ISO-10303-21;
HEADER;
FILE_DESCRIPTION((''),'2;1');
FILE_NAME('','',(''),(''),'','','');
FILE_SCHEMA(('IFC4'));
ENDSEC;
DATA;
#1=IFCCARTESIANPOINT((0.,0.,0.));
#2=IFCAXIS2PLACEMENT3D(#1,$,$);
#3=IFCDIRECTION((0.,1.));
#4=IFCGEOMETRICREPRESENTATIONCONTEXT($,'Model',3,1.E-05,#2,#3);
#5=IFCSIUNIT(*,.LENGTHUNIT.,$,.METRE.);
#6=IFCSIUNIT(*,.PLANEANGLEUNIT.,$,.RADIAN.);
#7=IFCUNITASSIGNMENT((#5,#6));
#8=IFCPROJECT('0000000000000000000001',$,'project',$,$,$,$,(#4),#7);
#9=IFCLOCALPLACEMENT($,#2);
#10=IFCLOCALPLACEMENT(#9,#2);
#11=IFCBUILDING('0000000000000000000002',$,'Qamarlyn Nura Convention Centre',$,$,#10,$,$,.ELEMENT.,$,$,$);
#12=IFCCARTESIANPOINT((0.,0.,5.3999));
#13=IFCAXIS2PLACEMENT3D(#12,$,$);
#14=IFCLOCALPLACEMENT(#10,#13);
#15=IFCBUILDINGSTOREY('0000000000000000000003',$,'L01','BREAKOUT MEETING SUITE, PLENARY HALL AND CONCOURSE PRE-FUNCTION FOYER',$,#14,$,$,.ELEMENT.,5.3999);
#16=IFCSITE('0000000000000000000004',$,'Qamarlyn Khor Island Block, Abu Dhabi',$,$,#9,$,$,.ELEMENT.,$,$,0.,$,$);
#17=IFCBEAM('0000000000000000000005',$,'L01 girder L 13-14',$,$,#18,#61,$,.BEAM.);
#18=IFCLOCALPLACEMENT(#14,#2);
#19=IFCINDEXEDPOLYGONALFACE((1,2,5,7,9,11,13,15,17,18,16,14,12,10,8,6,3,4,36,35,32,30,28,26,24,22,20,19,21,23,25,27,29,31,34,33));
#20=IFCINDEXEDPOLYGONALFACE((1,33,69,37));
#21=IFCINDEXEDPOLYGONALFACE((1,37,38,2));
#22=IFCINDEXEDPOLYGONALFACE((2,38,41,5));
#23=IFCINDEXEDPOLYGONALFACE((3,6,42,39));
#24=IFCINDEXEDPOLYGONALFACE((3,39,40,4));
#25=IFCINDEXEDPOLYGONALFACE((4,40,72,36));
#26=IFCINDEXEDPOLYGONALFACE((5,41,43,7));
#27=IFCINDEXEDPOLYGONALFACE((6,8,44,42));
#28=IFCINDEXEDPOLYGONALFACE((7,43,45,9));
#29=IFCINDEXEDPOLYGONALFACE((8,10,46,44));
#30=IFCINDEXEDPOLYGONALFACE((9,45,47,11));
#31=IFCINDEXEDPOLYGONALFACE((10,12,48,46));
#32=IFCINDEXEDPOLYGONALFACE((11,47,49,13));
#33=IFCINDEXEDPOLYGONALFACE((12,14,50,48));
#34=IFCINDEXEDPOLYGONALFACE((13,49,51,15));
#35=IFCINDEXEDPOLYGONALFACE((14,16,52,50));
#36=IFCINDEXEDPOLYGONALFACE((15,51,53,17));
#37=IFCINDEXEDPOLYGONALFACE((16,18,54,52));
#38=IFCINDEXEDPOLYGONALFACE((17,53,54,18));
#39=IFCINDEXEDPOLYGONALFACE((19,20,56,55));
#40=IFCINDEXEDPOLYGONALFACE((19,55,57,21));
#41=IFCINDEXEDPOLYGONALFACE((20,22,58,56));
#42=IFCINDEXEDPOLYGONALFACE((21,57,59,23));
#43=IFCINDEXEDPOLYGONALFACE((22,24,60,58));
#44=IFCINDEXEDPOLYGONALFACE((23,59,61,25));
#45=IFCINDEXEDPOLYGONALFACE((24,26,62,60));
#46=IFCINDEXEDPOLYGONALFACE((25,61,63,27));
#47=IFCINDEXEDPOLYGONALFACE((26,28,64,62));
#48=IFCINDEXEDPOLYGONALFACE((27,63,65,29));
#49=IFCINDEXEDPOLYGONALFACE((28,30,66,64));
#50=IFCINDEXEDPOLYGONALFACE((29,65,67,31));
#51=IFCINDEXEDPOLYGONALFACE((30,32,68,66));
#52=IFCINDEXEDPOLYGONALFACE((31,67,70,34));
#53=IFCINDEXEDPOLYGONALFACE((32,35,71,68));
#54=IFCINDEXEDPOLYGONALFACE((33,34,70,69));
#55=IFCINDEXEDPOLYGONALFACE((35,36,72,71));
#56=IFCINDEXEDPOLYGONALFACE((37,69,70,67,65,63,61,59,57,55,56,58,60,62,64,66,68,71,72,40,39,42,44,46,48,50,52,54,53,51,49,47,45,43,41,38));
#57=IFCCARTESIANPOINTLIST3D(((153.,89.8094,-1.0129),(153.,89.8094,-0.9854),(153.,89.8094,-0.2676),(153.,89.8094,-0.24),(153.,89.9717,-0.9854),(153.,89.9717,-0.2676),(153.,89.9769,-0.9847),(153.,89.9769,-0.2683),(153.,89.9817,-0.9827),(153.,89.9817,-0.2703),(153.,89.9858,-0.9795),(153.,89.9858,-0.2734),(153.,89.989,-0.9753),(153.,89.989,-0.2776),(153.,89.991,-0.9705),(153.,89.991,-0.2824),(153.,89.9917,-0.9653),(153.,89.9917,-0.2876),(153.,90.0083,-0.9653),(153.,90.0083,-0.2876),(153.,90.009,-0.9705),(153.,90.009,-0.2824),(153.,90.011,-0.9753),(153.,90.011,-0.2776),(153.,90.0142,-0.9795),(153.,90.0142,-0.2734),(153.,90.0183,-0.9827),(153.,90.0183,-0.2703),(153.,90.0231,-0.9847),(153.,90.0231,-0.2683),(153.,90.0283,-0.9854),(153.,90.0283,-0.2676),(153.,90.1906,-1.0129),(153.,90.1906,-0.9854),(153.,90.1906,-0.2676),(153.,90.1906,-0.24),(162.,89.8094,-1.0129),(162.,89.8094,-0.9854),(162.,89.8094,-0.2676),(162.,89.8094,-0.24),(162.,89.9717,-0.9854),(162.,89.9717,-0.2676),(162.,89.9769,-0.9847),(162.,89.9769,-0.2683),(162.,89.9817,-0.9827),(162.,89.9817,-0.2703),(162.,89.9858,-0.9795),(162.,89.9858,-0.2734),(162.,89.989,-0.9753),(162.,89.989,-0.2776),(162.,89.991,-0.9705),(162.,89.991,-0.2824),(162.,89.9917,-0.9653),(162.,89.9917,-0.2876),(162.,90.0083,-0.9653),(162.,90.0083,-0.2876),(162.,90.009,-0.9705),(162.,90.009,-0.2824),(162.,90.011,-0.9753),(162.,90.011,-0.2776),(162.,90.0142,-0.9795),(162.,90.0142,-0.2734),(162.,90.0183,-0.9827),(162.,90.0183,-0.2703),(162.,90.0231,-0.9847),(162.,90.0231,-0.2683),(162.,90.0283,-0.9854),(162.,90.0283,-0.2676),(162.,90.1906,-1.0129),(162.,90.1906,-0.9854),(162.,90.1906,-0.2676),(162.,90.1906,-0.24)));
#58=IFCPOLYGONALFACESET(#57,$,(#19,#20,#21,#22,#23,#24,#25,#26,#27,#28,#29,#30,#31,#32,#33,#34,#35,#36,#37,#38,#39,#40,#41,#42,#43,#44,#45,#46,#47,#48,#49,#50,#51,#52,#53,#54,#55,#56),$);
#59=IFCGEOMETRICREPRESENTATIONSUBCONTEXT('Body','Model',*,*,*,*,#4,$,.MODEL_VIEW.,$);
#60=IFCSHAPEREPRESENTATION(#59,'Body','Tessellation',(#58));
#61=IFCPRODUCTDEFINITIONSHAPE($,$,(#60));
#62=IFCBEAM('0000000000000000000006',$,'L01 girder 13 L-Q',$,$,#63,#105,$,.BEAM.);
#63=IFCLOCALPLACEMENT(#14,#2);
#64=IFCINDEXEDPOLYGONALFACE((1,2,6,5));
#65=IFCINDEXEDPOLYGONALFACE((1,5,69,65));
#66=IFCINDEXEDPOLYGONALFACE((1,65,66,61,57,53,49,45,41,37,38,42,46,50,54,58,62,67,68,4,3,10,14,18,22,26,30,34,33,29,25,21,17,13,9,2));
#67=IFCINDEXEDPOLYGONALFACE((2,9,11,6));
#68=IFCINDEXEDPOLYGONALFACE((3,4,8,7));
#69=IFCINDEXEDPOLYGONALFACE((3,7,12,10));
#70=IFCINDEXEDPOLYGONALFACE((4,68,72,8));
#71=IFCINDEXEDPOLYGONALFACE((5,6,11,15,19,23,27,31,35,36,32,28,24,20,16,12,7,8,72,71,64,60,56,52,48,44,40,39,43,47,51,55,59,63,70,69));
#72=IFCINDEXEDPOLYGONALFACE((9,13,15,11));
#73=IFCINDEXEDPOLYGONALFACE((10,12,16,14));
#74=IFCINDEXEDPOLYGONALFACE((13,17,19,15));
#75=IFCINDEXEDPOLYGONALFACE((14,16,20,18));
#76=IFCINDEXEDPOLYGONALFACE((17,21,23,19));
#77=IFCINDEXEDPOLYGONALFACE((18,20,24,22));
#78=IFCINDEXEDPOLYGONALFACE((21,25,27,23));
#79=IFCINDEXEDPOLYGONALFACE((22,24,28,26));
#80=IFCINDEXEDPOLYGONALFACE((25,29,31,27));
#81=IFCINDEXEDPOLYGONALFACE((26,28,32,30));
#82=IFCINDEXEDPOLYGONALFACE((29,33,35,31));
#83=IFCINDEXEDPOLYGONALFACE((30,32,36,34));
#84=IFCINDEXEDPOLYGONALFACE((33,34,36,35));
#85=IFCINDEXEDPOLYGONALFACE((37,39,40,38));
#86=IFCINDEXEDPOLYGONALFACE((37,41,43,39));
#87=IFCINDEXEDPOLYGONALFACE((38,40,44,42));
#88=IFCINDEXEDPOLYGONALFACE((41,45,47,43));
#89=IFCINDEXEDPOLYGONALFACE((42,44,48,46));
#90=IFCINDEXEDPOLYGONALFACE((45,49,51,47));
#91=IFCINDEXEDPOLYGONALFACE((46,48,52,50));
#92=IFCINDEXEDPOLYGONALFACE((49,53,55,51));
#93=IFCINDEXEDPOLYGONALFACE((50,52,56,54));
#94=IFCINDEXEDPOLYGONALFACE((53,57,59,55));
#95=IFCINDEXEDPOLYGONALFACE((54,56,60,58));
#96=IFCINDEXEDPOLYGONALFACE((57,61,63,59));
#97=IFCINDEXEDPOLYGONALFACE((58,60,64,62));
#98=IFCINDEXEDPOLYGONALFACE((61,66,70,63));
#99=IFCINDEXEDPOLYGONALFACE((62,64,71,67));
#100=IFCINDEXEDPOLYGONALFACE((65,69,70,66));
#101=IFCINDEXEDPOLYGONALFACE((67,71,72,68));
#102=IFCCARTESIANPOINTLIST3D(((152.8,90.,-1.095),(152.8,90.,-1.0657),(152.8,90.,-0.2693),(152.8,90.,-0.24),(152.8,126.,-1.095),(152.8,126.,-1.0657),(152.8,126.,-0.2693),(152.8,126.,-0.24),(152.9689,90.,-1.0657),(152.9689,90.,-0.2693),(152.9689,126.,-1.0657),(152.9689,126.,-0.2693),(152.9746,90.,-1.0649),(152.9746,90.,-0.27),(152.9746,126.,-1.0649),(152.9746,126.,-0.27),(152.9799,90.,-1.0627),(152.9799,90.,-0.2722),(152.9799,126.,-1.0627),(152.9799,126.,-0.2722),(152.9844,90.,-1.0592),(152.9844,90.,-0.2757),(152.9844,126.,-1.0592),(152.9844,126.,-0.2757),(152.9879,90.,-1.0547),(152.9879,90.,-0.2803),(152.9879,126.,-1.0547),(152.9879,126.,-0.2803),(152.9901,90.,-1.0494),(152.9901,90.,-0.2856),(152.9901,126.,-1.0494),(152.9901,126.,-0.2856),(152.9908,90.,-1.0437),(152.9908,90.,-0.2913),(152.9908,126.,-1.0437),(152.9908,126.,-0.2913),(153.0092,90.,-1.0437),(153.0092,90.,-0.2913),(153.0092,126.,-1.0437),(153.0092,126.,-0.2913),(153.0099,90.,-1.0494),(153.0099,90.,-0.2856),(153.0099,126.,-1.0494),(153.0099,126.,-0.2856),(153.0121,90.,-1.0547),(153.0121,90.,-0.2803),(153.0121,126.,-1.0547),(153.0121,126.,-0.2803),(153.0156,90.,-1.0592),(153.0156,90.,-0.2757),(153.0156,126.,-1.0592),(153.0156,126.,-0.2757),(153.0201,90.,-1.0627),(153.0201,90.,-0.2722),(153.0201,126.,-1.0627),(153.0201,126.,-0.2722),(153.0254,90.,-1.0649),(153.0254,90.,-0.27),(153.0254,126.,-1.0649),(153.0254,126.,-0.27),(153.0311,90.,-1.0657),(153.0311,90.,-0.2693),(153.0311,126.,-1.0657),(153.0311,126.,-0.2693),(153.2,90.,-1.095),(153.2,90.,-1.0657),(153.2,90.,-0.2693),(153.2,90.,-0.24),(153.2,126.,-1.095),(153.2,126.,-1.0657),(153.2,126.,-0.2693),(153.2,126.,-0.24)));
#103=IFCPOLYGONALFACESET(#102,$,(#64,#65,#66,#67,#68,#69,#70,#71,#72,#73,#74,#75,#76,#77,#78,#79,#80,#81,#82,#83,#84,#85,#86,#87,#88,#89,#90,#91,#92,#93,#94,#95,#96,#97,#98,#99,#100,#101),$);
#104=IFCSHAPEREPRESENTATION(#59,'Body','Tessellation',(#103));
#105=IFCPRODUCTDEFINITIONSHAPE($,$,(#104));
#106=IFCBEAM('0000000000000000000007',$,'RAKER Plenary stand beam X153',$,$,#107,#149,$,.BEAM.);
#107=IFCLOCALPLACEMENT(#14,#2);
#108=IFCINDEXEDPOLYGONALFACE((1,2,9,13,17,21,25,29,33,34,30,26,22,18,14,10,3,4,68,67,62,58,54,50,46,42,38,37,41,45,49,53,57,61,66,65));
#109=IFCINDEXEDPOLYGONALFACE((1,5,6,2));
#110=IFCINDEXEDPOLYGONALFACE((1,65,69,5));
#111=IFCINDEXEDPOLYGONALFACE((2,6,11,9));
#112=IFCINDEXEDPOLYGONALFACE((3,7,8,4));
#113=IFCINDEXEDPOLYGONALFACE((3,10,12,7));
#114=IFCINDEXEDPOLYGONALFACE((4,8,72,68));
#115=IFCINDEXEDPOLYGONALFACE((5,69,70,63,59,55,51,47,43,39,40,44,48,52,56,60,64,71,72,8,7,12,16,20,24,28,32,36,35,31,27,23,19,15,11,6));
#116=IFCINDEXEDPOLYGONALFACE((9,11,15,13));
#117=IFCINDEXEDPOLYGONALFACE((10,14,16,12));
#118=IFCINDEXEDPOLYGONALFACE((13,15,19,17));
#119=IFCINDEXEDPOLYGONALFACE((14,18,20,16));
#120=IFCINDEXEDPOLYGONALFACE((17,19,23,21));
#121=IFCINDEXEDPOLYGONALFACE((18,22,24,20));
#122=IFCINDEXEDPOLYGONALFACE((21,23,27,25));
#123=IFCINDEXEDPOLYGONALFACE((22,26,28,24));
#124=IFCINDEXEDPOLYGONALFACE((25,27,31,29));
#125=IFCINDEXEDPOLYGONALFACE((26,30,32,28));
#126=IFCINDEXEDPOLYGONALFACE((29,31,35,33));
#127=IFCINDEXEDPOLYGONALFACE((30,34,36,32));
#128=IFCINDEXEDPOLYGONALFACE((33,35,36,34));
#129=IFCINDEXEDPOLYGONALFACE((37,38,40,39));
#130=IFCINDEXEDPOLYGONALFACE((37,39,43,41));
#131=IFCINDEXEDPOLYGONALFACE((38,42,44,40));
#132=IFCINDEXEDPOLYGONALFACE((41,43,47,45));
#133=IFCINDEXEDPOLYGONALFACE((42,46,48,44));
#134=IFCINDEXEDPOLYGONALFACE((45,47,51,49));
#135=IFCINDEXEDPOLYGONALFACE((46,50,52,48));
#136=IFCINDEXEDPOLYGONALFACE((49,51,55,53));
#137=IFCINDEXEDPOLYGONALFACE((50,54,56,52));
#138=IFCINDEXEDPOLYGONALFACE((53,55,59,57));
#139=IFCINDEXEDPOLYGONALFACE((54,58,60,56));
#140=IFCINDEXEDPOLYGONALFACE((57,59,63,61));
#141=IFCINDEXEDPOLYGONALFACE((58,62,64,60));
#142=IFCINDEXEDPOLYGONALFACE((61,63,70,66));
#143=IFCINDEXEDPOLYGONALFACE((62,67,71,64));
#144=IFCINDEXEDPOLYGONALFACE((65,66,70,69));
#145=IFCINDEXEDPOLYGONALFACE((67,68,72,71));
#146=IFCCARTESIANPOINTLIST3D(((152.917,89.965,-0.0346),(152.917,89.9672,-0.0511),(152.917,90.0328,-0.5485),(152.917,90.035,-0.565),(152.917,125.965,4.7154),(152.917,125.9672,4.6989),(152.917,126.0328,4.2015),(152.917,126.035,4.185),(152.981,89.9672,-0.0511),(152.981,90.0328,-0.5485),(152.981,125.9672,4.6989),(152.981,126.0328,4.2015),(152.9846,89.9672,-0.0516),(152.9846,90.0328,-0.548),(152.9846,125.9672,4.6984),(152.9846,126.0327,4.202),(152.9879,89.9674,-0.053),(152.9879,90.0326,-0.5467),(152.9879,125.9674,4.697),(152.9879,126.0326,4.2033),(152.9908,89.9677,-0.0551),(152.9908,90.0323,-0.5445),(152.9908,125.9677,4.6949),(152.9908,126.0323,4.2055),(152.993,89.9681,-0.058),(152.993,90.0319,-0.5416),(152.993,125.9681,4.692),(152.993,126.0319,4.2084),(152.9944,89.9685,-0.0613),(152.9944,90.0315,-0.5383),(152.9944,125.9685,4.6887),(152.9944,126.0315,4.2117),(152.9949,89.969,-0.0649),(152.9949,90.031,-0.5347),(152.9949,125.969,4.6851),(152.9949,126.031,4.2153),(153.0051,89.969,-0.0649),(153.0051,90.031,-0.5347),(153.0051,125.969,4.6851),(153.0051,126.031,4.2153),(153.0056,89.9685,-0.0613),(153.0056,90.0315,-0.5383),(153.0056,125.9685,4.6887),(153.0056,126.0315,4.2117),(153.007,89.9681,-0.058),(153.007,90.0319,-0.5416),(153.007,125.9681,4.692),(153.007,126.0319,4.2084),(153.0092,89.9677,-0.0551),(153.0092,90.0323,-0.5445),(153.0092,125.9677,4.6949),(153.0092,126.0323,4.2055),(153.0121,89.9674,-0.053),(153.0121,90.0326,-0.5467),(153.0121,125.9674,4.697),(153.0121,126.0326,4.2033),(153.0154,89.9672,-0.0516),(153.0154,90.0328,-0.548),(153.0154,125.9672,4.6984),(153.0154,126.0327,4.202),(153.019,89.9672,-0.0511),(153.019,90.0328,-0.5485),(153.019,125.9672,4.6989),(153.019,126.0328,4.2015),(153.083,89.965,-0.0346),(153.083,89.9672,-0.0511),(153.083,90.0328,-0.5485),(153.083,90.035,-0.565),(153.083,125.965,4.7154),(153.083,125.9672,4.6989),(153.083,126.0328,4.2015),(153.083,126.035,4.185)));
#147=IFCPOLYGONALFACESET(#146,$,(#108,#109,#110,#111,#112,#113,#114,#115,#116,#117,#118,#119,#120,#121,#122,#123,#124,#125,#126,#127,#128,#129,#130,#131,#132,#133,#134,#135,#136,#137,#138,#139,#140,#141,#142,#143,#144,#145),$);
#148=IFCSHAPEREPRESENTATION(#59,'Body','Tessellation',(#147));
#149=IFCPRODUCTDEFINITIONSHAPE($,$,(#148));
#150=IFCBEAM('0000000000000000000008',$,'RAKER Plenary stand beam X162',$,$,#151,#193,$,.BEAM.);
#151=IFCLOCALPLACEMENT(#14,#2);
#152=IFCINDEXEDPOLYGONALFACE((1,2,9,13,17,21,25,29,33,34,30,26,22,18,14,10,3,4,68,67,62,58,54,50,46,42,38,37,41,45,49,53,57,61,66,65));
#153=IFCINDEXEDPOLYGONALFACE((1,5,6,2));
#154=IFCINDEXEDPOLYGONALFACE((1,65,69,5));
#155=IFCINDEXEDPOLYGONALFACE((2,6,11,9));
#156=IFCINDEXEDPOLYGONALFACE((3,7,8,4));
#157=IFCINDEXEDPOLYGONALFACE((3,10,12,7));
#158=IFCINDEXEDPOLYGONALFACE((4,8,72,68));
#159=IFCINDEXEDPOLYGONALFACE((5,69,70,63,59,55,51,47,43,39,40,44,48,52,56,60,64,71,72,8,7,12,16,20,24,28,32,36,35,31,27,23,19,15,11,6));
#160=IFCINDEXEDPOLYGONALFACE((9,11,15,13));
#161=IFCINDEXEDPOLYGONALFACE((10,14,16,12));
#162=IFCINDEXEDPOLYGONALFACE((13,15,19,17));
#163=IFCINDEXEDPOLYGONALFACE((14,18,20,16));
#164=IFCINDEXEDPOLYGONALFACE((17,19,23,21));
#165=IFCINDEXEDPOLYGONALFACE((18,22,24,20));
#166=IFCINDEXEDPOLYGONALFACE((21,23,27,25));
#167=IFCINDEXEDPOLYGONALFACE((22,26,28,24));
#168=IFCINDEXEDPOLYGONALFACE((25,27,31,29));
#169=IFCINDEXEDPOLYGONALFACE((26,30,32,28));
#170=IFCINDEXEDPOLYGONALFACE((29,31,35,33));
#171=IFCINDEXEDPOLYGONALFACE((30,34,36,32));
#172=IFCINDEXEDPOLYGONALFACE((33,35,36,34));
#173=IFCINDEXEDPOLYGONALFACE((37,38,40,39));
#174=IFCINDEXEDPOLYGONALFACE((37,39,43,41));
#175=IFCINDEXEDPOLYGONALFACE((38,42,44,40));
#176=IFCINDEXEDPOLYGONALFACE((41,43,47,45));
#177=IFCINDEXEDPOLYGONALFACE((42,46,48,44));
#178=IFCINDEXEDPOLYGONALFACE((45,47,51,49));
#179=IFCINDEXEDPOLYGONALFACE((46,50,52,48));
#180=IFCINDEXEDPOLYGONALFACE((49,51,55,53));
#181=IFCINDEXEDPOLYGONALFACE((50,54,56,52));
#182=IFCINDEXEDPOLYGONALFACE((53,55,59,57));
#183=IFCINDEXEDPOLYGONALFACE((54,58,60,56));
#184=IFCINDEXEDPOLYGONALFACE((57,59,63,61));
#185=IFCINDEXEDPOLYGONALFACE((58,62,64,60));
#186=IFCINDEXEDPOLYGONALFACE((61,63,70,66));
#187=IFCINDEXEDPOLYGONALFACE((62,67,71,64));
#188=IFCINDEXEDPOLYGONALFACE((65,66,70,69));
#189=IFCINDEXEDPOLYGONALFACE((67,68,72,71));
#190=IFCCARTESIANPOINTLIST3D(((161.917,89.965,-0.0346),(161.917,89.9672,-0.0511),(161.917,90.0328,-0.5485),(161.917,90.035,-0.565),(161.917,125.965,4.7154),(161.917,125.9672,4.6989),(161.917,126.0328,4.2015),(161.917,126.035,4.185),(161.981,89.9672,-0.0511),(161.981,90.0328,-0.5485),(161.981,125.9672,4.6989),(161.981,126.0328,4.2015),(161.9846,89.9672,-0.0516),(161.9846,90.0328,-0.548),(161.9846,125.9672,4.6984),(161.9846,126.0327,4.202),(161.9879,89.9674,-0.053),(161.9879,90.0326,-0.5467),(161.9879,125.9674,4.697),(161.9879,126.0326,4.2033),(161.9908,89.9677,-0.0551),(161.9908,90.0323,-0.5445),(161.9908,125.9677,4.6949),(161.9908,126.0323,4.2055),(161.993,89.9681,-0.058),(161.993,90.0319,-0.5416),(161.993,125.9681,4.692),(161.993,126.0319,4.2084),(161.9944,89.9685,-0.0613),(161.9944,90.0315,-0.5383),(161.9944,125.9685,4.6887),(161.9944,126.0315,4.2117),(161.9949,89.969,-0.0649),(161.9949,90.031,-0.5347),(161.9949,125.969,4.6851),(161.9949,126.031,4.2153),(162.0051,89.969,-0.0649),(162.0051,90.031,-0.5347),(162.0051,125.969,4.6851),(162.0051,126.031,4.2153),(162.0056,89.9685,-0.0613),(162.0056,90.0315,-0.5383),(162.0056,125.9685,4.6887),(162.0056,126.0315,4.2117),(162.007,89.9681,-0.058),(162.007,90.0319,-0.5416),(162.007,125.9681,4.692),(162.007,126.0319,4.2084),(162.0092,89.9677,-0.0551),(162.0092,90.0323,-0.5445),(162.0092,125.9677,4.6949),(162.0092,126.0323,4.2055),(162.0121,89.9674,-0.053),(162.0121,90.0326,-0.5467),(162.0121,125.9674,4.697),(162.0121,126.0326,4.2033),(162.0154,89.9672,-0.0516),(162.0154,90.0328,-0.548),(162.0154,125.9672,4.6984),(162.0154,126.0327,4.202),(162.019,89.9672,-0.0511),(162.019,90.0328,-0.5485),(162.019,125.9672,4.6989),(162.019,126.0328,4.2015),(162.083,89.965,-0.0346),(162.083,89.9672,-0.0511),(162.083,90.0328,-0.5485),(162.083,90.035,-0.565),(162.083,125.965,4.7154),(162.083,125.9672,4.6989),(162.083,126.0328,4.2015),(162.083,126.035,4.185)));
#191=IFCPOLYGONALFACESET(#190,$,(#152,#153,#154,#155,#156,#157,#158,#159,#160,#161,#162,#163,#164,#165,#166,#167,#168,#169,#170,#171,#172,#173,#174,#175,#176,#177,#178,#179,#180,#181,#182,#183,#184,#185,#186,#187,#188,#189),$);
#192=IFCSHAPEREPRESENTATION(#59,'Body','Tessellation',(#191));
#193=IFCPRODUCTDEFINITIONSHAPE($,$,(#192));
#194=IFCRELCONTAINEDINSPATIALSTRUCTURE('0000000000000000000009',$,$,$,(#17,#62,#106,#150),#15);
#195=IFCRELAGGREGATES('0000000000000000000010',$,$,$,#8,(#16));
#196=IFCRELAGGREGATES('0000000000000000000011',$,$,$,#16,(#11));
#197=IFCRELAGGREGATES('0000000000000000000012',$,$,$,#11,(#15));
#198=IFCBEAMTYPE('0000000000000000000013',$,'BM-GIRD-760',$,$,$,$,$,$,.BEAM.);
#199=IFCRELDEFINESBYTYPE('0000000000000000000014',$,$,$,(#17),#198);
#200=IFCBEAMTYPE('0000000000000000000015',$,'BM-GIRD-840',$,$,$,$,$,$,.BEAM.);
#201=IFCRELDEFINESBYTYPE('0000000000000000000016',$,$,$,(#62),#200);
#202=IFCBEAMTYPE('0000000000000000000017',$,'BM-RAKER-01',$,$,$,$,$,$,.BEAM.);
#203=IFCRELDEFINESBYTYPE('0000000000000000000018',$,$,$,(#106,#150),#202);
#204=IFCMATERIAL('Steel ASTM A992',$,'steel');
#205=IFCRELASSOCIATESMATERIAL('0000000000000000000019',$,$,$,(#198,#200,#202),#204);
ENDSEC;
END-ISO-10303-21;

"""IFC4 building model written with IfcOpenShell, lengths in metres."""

from ifc_helpers import new_model, si_unit, direction, frame, origin, origin_2d, place, context, subcontext, project, spatial, i_section, extrude, material, material_profile, profile_set, type_object, element, save


model = new_model("IFC4")

# Units and contexts
model_context = context("Model", 3, precision=1e-05, world=origin(), true_north=direction((0.0, 1.0)))
body_context = subcontext(model_context, "Body", "Model", "MODEL_VIEW")
ifc_project = project(units=[si_unit("LENGTHUNIT", "METRE"), si_unit("PLANEANGLEUNIT", "RADIAN")], contexts=[model_context])

# Site, building, storey
site_placement = place(None, origin())
site = spatial("IfcSite", under=ifc_project, at=site_placement, Name="Qamarlyn Khor Island Block, Abu Dhabi", CompositionType="ELEMENT", RefElevation=0.0)
building_placement = place(site_placement, origin())
building = spatial("IfcBuilding", under=site, at=building_placement, Name="Qamarlyn Nura Convention Centre", CompositionType="ELEMENT")
storey_placement = place(building_placement, frame((0.0, 0.0, 5.3999)))
storey = spatial("IfcBuildingStorey", under=building, at=storey_placement, Name="L01", Description="BREAKOUT MEETING SUITE, PLENARY HALL AND CONCOURSE PRE-FUNCTION FOYER", CompositionType="ELEMENT", Elevation=5.3999)

# Shared definitions
ifc_material_1 = material(Name="Steel ASTM A992", Category="steel")

# Beams
ifc_material_profile_1 = material_profile(ifc_material_1, i_section(OverallWidth=0.3811, OverallDepth=0.7729, WebThickness=0.0166, FlangeThickness=0.0276, FilletRadius=0.02, at=origin_2d()), Name="W760X257")
ifc_profile_set_1 = profile_set([ifc_material_profile_1], Name="Steel ASTM A992")
beam_type_1 = type_object("IfcBeamType", Name="BM-GIRD-760", PredefinedType="BEAM", material=ifc_profile_set_1)
beam_1_placement = place(storey_placement, frame((153.0, 90.0, -0.6265), z_axis=(1.0, 0.0, 0.0), x_axis=(0.0, 1.0, 0.0)))
element("IfcBeam", 1, at=beam_1_placement, inside=storey, type_object=beam_type_1, Name="L01 girder L 13-14", PredefinedType="BEAM", context=body_context, shape_type="SweptSolid", body=[
    extrude(i_section(OverallWidth=0.3811, OverallDepth=0.7729, WebThickness=0.0166, FlangeThickness=0.0276, FilletRadius=0.02, at=origin_2d()), origin(), (0.0, 0.0, 1.0), 9.0),
])
ifc_material_profile_2 = material_profile(ifc_material_1, i_section(OverallWidth=0.3999, OverallDepth=0.855, WebThickness=0.0183, FlangeThickness=0.0293, FilletRadius=0.022, at=origin_2d()), Name="W840X299")
ifc_profile_set_2 = profile_set([ifc_material_profile_2], Name="Steel ASTM A992")
beam_type_2 = type_object("IfcBeamType", Name="BM-GIRD-840", PredefinedType="BEAM", material=ifc_profile_set_2)
beam_2_placement = place(storey_placement, frame((153.0, 90.0, -0.6675), z_axis=(0.0, 1.0, 0.0), x_axis=(-1.0, 0.0, 0.0)))
element("IfcBeam", 2, at=beam_2_placement, inside=storey, type_object=beam_type_2, Name="L01 girder 13 L-Q", PredefinedType="BEAM", context=body_context, shape_type="SweptSolid", body=[
    extrude(i_section(OverallWidth=0.3999, OverallDepth=0.855, WebThickness=0.0183, FlangeThickness=0.0293, FilletRadius=0.022, at=origin_2d()), origin(), (0.0, 0.0, 1.0), 36.0),
])
ifc_material_profile_3 = material_profile(ifc_material_1, i_section(OverallWidth=0.166, OverallDepth=0.5349, WebThickness=0.0103, FlangeThickness=0.0166, FilletRadius=0.0139, at=origin_2d()), Name="W530X85")
ifc_profile_set_3 = profile_set([ifc_material_profile_3], Name="Steel ASTM A992")
beam_type_3 = type_object("IfcBeamType", Name="BM-RAKER-01", PredefinedType="BEAM", material=ifc_profile_set_3)
for number, where, z_axis, x_axis, name in (
    (3, (153.0, 90.0, -0.2998), (0.0, 0.991407, 0.130811), (-1.0, 0.0, 0.0), "RAKER Plenary stand beam X153"),
    (4, (162.0, 90.0, -0.2998), (0.0, 0.991407, 0.130811), (-1.0, 0.0, 0.0), "RAKER Plenary stand beam X162"),
):
    element("IfcBeam", number, at=place(storey_placement, frame(where, z_axis=z_axis, x_axis=x_axis)), inside=storey, type_object=beam_type_3, Name=name, PredefinedType="BEAM", context=body_context, shape_type="SweptSolid", body=[
        extrude(i_section(OverallWidth=0.166, OverallDepth=0.5349, WebThickness=0.0103, FlangeThickness=0.0166, FilletRadius=0.0139, at=origin_2d()), origin(), (0.0, 0.0, 1.0), 36.312),
    ])

save(model, "model.ifc")
